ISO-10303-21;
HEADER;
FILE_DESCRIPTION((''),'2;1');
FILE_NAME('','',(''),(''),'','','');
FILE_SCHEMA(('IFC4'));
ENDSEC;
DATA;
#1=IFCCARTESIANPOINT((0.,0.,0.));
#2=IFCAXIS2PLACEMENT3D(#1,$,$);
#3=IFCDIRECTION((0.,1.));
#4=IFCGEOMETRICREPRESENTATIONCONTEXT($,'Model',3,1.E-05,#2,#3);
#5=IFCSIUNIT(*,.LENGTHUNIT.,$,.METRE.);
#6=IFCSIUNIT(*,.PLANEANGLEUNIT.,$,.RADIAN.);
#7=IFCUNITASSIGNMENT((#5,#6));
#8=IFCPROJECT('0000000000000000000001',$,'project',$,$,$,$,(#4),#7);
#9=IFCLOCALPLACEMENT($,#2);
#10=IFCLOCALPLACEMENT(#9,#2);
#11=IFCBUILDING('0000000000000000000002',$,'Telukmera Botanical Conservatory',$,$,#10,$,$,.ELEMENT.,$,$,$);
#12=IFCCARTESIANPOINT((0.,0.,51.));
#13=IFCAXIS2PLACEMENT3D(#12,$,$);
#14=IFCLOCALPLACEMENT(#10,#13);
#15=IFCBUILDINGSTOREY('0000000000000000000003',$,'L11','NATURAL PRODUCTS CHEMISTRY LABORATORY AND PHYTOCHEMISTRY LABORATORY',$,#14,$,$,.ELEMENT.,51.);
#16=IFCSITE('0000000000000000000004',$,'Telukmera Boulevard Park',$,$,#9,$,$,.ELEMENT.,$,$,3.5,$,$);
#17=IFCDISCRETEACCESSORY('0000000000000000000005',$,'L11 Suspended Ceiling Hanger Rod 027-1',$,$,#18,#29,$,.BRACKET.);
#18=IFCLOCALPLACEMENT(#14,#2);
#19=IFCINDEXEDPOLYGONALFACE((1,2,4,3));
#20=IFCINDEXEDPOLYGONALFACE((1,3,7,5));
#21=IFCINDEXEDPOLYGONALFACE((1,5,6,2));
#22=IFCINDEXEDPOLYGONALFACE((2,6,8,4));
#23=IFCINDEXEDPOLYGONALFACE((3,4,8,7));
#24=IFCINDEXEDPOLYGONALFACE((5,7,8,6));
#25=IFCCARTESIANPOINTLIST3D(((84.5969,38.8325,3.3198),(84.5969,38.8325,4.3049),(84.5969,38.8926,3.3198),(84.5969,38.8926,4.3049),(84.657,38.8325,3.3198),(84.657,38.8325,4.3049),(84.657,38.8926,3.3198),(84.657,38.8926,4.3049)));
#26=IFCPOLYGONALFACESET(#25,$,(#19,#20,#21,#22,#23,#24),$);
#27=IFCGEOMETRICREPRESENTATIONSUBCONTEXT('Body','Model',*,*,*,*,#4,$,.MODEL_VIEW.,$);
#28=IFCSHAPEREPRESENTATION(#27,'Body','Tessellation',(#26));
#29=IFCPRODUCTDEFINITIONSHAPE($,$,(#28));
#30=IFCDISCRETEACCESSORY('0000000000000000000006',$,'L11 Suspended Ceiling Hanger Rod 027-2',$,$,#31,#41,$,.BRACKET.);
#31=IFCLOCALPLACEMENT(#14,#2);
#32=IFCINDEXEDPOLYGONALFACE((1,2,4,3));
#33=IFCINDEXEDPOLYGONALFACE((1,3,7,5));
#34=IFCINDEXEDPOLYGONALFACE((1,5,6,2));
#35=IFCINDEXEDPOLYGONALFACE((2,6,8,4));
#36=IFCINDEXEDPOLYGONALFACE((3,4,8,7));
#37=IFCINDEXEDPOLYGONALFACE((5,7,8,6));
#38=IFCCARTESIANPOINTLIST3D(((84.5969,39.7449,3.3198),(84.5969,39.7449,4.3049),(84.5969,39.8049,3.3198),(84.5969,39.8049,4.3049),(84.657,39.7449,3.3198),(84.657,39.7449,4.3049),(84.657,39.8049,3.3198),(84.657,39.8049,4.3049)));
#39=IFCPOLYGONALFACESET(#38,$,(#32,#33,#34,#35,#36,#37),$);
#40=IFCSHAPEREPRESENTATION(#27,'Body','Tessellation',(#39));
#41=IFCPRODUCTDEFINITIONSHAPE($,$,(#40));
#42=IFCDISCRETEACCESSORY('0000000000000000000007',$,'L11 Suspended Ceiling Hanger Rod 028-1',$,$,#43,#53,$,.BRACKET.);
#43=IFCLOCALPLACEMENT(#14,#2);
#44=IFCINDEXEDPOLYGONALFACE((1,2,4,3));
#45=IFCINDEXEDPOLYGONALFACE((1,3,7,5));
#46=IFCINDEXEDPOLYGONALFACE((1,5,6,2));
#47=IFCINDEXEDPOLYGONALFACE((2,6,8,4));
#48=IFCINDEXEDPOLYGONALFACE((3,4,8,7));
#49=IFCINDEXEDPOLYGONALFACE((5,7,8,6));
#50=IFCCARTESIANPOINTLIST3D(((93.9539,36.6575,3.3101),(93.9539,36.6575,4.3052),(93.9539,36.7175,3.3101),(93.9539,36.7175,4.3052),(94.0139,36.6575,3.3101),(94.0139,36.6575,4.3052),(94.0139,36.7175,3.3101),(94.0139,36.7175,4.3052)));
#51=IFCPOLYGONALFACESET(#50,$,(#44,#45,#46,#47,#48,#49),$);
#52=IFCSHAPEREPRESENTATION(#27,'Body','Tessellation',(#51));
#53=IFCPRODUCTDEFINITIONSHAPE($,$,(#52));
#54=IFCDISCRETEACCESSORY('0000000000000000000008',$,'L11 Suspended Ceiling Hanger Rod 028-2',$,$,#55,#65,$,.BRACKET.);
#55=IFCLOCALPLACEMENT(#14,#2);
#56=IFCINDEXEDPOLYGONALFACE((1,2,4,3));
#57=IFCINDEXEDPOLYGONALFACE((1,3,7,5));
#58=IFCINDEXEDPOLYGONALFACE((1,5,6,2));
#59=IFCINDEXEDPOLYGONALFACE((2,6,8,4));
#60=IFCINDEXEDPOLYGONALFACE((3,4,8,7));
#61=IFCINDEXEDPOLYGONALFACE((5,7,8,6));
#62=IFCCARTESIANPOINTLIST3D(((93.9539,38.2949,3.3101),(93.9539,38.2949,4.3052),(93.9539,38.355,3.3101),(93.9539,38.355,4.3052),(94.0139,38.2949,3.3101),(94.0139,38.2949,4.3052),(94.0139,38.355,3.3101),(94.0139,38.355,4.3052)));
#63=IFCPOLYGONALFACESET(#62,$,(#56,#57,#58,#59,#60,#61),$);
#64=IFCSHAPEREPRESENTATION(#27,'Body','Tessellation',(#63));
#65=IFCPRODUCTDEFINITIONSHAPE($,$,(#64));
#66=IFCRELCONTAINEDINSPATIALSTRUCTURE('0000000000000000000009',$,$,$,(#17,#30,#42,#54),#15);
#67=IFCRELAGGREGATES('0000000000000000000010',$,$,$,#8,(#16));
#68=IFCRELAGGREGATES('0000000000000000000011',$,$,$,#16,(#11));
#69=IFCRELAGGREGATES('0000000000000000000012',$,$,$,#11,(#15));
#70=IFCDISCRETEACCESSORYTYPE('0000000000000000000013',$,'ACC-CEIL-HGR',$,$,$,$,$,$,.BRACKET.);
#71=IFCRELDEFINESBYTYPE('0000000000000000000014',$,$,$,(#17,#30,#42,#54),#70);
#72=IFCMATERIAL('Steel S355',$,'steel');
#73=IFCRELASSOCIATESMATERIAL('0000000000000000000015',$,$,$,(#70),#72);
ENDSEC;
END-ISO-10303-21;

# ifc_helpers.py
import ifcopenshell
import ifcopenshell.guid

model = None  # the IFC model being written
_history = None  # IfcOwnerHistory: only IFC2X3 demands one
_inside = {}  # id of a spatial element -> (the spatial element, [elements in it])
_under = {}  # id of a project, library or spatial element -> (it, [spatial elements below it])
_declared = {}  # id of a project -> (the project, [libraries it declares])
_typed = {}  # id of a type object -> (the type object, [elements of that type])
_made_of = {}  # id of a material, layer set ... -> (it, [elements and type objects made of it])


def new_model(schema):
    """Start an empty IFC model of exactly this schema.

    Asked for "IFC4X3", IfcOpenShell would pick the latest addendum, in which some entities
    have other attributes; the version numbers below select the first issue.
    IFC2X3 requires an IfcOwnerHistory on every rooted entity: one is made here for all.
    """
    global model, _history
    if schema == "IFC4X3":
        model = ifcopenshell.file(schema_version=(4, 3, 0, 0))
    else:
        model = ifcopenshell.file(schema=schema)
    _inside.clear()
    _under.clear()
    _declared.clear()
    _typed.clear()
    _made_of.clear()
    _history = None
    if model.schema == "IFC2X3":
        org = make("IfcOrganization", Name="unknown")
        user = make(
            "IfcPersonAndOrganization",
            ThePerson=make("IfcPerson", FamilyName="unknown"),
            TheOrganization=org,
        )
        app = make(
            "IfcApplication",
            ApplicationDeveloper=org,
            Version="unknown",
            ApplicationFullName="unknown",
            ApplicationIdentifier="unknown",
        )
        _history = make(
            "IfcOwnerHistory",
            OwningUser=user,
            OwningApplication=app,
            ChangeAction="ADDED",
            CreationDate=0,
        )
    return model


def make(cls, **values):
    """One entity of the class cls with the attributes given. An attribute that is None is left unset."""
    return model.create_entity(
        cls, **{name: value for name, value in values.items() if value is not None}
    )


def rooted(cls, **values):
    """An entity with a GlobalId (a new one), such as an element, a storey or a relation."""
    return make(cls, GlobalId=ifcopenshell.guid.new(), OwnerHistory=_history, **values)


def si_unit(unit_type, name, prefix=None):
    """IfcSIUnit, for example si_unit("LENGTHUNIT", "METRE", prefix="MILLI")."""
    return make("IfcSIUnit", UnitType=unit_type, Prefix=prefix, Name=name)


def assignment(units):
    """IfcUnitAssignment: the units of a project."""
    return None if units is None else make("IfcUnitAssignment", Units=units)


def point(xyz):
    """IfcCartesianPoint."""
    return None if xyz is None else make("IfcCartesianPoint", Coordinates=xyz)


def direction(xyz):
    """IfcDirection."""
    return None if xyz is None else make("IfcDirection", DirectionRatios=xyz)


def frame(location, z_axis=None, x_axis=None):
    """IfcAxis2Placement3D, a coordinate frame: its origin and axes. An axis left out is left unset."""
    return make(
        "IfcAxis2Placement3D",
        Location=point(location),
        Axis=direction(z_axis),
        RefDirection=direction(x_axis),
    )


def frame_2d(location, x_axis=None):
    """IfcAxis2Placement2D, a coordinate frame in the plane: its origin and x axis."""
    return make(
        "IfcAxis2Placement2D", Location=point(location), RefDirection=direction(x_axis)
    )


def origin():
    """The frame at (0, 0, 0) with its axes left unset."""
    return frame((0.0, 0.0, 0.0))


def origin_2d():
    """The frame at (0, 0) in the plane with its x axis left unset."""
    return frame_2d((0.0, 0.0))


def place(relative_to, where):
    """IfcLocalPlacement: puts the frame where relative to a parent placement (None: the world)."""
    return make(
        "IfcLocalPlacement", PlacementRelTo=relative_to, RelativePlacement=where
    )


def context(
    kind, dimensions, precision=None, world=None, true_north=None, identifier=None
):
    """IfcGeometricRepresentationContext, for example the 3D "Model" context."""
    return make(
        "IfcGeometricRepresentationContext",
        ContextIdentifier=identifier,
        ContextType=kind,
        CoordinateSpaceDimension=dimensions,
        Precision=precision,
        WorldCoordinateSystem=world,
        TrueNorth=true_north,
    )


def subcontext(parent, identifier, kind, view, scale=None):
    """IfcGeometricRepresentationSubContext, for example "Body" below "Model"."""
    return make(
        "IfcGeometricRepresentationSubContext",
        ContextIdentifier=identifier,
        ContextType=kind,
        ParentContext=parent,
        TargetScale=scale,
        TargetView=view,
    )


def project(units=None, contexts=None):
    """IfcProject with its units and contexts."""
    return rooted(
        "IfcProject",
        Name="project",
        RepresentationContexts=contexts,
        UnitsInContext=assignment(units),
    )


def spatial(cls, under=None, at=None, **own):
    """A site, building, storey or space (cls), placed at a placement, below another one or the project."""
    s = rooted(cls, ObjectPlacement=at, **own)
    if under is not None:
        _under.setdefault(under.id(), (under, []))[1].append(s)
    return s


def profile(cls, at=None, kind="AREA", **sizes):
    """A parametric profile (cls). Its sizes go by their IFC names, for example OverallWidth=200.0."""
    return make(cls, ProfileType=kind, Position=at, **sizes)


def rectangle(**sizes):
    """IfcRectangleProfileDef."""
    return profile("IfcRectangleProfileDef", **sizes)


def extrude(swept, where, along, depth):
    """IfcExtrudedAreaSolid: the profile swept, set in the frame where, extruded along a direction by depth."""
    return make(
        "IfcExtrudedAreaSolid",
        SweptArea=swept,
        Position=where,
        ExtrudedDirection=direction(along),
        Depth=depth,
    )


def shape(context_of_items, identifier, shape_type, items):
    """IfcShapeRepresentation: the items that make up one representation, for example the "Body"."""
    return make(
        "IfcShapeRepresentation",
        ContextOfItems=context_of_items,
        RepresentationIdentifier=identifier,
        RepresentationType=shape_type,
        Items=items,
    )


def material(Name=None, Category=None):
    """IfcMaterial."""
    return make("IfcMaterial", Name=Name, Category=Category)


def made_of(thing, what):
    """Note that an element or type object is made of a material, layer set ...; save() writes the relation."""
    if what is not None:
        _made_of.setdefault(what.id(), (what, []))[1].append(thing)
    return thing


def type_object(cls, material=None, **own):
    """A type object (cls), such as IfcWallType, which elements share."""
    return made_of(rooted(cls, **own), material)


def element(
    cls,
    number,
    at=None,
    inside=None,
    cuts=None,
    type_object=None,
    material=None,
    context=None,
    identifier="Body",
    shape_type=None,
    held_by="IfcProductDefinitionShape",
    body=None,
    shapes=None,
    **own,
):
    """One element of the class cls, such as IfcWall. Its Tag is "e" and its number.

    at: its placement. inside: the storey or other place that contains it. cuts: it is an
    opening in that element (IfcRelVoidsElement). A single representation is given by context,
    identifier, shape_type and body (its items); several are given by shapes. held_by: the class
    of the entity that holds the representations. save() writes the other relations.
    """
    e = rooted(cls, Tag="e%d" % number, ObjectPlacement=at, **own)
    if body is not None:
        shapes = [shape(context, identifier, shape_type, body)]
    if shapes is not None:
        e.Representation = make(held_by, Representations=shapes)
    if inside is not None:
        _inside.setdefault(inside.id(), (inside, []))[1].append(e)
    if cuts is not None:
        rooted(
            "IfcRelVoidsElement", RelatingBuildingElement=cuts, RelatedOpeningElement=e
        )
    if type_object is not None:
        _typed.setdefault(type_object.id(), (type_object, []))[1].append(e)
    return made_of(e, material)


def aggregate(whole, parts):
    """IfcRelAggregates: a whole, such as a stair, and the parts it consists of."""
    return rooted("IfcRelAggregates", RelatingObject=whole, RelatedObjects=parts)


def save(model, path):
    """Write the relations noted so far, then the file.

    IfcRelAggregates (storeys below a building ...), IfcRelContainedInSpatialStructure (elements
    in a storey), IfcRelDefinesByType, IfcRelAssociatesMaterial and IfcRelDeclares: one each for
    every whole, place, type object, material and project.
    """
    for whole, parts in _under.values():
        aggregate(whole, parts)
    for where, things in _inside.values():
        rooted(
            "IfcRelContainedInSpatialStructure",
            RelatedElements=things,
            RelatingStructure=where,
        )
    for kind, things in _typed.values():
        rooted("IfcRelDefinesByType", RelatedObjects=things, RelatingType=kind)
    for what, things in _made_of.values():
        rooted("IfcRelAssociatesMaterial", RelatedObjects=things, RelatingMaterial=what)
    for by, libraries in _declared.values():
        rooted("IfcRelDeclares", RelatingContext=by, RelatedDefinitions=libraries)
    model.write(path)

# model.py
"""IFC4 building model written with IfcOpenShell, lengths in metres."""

from ifc_helpers import new_model, si_unit, direction, frame, origin, origin_2d, place, context, subcontext, project, spatial, rectangle, extrude, material, type_object, element, save


model = new_model("IFC4")

# Units and contexts
model_context = context("Model", 3, precision=1e-05, world=origin(), true_north=direction((0.0, 1.0)))
body_context = subcontext(model_context, "Body", "Model", "MODEL_VIEW")
ifc_project = project(units=[si_unit("LENGTHUNIT", "METRE"), si_unit("PLANEANGLEUNIT", "RADIAN")], contexts=[model_context])

# Site, building, storey
site_placement = place(None, origin())
site = spatial("IfcSite", under=ifc_project, at=site_placement, Name="Telukmera Boulevard Park", CompositionType="ELEMENT", RefElevation=3.5)
building_placement = place(site_placement, origin())
building = spatial("IfcBuilding", under=site, at=building_placement, Name="Telukmera Botanical Conservatory", CompositionType="ELEMENT")
storey_placement = place(building_placement, frame((0.0, 0.0, 51.0)))
storey = spatial("IfcBuildingStorey", under=building, at=storey_placement, Name="L11", Description="NATURAL PRODUCTS CHEMISTRY LABORATORY AND PHYTOCHEMISTRY LABORATORY", CompositionType="ELEMENT", Elevation=51.0)

# Discrete accessories
ifc_material_1 = material(Name="Steel S355", Category="steel")
discrete_accessory_type = type_object("IfcDiscreteAccessoryType", Name="ACC-CEIL-HGR", PredefinedType="BRACKET", material=ifc_material_1)
for number, where, z_axis, x_axis, name in (
    (1, (84.627, 38.8625, 3.3198), (0.0, 0.0, 1.0), (1.0, 0.0, 0.0), "L11 Suspended Ceiling Hanger Rod 027-1"),
    (2, (84.627, 39.7749, 3.3198), (0.0, 0.0, 1.0), (1.0, 0.0, 0.0), "L11 Suspended Ceiling Hanger Rod 027-2"),
):
    element("IfcDiscreteAccessory", number, at=place(storey_placement, frame(where, z_axis=z_axis, x_axis=x_axis)), inside=storey, type_object=discrete_accessory_type, Name=name, PredefinedType="BRACKET", context=body_context, shape_type="SweptSolid", body=[
        extrude(rectangle(XDim=0.0601, YDim=0.0601, at=origin_2d()), origin(), (0.0, 0.0, 1.0), 0.9851),
    ])
for number, where, z_axis, x_axis, name in (
    (3, (93.9839, 36.6875, 3.3101), (0.0, 0.0, 1.0), (1.0, 0.0, 0.0), "L11 Suspended Ceiling Hanger Rod 028-1"),
    (4, (93.9839, 38.325, 3.3101), (0.0, 0.0, 1.0), (1.0, 0.0, 0.0), "L11 Suspended Ceiling Hanger Rod 028-2"),
):
    element("IfcDiscreteAccessory", number, at=place(storey_placement, frame(where, z_axis=z_axis, x_axis=x_axis)), inside=storey, type_object=discrete_accessory_type, Name=name, PredefinedType="BRACKET", context=body_context, shape_type="SweptSolid", body=[
        extrude(rectangle(XDim=0.0601, YDim=0.0601, at=origin_2d()), origin(), (0.0, 0.0, 1.0), 0.9951),
    ])

save(model, "model.ifc")
